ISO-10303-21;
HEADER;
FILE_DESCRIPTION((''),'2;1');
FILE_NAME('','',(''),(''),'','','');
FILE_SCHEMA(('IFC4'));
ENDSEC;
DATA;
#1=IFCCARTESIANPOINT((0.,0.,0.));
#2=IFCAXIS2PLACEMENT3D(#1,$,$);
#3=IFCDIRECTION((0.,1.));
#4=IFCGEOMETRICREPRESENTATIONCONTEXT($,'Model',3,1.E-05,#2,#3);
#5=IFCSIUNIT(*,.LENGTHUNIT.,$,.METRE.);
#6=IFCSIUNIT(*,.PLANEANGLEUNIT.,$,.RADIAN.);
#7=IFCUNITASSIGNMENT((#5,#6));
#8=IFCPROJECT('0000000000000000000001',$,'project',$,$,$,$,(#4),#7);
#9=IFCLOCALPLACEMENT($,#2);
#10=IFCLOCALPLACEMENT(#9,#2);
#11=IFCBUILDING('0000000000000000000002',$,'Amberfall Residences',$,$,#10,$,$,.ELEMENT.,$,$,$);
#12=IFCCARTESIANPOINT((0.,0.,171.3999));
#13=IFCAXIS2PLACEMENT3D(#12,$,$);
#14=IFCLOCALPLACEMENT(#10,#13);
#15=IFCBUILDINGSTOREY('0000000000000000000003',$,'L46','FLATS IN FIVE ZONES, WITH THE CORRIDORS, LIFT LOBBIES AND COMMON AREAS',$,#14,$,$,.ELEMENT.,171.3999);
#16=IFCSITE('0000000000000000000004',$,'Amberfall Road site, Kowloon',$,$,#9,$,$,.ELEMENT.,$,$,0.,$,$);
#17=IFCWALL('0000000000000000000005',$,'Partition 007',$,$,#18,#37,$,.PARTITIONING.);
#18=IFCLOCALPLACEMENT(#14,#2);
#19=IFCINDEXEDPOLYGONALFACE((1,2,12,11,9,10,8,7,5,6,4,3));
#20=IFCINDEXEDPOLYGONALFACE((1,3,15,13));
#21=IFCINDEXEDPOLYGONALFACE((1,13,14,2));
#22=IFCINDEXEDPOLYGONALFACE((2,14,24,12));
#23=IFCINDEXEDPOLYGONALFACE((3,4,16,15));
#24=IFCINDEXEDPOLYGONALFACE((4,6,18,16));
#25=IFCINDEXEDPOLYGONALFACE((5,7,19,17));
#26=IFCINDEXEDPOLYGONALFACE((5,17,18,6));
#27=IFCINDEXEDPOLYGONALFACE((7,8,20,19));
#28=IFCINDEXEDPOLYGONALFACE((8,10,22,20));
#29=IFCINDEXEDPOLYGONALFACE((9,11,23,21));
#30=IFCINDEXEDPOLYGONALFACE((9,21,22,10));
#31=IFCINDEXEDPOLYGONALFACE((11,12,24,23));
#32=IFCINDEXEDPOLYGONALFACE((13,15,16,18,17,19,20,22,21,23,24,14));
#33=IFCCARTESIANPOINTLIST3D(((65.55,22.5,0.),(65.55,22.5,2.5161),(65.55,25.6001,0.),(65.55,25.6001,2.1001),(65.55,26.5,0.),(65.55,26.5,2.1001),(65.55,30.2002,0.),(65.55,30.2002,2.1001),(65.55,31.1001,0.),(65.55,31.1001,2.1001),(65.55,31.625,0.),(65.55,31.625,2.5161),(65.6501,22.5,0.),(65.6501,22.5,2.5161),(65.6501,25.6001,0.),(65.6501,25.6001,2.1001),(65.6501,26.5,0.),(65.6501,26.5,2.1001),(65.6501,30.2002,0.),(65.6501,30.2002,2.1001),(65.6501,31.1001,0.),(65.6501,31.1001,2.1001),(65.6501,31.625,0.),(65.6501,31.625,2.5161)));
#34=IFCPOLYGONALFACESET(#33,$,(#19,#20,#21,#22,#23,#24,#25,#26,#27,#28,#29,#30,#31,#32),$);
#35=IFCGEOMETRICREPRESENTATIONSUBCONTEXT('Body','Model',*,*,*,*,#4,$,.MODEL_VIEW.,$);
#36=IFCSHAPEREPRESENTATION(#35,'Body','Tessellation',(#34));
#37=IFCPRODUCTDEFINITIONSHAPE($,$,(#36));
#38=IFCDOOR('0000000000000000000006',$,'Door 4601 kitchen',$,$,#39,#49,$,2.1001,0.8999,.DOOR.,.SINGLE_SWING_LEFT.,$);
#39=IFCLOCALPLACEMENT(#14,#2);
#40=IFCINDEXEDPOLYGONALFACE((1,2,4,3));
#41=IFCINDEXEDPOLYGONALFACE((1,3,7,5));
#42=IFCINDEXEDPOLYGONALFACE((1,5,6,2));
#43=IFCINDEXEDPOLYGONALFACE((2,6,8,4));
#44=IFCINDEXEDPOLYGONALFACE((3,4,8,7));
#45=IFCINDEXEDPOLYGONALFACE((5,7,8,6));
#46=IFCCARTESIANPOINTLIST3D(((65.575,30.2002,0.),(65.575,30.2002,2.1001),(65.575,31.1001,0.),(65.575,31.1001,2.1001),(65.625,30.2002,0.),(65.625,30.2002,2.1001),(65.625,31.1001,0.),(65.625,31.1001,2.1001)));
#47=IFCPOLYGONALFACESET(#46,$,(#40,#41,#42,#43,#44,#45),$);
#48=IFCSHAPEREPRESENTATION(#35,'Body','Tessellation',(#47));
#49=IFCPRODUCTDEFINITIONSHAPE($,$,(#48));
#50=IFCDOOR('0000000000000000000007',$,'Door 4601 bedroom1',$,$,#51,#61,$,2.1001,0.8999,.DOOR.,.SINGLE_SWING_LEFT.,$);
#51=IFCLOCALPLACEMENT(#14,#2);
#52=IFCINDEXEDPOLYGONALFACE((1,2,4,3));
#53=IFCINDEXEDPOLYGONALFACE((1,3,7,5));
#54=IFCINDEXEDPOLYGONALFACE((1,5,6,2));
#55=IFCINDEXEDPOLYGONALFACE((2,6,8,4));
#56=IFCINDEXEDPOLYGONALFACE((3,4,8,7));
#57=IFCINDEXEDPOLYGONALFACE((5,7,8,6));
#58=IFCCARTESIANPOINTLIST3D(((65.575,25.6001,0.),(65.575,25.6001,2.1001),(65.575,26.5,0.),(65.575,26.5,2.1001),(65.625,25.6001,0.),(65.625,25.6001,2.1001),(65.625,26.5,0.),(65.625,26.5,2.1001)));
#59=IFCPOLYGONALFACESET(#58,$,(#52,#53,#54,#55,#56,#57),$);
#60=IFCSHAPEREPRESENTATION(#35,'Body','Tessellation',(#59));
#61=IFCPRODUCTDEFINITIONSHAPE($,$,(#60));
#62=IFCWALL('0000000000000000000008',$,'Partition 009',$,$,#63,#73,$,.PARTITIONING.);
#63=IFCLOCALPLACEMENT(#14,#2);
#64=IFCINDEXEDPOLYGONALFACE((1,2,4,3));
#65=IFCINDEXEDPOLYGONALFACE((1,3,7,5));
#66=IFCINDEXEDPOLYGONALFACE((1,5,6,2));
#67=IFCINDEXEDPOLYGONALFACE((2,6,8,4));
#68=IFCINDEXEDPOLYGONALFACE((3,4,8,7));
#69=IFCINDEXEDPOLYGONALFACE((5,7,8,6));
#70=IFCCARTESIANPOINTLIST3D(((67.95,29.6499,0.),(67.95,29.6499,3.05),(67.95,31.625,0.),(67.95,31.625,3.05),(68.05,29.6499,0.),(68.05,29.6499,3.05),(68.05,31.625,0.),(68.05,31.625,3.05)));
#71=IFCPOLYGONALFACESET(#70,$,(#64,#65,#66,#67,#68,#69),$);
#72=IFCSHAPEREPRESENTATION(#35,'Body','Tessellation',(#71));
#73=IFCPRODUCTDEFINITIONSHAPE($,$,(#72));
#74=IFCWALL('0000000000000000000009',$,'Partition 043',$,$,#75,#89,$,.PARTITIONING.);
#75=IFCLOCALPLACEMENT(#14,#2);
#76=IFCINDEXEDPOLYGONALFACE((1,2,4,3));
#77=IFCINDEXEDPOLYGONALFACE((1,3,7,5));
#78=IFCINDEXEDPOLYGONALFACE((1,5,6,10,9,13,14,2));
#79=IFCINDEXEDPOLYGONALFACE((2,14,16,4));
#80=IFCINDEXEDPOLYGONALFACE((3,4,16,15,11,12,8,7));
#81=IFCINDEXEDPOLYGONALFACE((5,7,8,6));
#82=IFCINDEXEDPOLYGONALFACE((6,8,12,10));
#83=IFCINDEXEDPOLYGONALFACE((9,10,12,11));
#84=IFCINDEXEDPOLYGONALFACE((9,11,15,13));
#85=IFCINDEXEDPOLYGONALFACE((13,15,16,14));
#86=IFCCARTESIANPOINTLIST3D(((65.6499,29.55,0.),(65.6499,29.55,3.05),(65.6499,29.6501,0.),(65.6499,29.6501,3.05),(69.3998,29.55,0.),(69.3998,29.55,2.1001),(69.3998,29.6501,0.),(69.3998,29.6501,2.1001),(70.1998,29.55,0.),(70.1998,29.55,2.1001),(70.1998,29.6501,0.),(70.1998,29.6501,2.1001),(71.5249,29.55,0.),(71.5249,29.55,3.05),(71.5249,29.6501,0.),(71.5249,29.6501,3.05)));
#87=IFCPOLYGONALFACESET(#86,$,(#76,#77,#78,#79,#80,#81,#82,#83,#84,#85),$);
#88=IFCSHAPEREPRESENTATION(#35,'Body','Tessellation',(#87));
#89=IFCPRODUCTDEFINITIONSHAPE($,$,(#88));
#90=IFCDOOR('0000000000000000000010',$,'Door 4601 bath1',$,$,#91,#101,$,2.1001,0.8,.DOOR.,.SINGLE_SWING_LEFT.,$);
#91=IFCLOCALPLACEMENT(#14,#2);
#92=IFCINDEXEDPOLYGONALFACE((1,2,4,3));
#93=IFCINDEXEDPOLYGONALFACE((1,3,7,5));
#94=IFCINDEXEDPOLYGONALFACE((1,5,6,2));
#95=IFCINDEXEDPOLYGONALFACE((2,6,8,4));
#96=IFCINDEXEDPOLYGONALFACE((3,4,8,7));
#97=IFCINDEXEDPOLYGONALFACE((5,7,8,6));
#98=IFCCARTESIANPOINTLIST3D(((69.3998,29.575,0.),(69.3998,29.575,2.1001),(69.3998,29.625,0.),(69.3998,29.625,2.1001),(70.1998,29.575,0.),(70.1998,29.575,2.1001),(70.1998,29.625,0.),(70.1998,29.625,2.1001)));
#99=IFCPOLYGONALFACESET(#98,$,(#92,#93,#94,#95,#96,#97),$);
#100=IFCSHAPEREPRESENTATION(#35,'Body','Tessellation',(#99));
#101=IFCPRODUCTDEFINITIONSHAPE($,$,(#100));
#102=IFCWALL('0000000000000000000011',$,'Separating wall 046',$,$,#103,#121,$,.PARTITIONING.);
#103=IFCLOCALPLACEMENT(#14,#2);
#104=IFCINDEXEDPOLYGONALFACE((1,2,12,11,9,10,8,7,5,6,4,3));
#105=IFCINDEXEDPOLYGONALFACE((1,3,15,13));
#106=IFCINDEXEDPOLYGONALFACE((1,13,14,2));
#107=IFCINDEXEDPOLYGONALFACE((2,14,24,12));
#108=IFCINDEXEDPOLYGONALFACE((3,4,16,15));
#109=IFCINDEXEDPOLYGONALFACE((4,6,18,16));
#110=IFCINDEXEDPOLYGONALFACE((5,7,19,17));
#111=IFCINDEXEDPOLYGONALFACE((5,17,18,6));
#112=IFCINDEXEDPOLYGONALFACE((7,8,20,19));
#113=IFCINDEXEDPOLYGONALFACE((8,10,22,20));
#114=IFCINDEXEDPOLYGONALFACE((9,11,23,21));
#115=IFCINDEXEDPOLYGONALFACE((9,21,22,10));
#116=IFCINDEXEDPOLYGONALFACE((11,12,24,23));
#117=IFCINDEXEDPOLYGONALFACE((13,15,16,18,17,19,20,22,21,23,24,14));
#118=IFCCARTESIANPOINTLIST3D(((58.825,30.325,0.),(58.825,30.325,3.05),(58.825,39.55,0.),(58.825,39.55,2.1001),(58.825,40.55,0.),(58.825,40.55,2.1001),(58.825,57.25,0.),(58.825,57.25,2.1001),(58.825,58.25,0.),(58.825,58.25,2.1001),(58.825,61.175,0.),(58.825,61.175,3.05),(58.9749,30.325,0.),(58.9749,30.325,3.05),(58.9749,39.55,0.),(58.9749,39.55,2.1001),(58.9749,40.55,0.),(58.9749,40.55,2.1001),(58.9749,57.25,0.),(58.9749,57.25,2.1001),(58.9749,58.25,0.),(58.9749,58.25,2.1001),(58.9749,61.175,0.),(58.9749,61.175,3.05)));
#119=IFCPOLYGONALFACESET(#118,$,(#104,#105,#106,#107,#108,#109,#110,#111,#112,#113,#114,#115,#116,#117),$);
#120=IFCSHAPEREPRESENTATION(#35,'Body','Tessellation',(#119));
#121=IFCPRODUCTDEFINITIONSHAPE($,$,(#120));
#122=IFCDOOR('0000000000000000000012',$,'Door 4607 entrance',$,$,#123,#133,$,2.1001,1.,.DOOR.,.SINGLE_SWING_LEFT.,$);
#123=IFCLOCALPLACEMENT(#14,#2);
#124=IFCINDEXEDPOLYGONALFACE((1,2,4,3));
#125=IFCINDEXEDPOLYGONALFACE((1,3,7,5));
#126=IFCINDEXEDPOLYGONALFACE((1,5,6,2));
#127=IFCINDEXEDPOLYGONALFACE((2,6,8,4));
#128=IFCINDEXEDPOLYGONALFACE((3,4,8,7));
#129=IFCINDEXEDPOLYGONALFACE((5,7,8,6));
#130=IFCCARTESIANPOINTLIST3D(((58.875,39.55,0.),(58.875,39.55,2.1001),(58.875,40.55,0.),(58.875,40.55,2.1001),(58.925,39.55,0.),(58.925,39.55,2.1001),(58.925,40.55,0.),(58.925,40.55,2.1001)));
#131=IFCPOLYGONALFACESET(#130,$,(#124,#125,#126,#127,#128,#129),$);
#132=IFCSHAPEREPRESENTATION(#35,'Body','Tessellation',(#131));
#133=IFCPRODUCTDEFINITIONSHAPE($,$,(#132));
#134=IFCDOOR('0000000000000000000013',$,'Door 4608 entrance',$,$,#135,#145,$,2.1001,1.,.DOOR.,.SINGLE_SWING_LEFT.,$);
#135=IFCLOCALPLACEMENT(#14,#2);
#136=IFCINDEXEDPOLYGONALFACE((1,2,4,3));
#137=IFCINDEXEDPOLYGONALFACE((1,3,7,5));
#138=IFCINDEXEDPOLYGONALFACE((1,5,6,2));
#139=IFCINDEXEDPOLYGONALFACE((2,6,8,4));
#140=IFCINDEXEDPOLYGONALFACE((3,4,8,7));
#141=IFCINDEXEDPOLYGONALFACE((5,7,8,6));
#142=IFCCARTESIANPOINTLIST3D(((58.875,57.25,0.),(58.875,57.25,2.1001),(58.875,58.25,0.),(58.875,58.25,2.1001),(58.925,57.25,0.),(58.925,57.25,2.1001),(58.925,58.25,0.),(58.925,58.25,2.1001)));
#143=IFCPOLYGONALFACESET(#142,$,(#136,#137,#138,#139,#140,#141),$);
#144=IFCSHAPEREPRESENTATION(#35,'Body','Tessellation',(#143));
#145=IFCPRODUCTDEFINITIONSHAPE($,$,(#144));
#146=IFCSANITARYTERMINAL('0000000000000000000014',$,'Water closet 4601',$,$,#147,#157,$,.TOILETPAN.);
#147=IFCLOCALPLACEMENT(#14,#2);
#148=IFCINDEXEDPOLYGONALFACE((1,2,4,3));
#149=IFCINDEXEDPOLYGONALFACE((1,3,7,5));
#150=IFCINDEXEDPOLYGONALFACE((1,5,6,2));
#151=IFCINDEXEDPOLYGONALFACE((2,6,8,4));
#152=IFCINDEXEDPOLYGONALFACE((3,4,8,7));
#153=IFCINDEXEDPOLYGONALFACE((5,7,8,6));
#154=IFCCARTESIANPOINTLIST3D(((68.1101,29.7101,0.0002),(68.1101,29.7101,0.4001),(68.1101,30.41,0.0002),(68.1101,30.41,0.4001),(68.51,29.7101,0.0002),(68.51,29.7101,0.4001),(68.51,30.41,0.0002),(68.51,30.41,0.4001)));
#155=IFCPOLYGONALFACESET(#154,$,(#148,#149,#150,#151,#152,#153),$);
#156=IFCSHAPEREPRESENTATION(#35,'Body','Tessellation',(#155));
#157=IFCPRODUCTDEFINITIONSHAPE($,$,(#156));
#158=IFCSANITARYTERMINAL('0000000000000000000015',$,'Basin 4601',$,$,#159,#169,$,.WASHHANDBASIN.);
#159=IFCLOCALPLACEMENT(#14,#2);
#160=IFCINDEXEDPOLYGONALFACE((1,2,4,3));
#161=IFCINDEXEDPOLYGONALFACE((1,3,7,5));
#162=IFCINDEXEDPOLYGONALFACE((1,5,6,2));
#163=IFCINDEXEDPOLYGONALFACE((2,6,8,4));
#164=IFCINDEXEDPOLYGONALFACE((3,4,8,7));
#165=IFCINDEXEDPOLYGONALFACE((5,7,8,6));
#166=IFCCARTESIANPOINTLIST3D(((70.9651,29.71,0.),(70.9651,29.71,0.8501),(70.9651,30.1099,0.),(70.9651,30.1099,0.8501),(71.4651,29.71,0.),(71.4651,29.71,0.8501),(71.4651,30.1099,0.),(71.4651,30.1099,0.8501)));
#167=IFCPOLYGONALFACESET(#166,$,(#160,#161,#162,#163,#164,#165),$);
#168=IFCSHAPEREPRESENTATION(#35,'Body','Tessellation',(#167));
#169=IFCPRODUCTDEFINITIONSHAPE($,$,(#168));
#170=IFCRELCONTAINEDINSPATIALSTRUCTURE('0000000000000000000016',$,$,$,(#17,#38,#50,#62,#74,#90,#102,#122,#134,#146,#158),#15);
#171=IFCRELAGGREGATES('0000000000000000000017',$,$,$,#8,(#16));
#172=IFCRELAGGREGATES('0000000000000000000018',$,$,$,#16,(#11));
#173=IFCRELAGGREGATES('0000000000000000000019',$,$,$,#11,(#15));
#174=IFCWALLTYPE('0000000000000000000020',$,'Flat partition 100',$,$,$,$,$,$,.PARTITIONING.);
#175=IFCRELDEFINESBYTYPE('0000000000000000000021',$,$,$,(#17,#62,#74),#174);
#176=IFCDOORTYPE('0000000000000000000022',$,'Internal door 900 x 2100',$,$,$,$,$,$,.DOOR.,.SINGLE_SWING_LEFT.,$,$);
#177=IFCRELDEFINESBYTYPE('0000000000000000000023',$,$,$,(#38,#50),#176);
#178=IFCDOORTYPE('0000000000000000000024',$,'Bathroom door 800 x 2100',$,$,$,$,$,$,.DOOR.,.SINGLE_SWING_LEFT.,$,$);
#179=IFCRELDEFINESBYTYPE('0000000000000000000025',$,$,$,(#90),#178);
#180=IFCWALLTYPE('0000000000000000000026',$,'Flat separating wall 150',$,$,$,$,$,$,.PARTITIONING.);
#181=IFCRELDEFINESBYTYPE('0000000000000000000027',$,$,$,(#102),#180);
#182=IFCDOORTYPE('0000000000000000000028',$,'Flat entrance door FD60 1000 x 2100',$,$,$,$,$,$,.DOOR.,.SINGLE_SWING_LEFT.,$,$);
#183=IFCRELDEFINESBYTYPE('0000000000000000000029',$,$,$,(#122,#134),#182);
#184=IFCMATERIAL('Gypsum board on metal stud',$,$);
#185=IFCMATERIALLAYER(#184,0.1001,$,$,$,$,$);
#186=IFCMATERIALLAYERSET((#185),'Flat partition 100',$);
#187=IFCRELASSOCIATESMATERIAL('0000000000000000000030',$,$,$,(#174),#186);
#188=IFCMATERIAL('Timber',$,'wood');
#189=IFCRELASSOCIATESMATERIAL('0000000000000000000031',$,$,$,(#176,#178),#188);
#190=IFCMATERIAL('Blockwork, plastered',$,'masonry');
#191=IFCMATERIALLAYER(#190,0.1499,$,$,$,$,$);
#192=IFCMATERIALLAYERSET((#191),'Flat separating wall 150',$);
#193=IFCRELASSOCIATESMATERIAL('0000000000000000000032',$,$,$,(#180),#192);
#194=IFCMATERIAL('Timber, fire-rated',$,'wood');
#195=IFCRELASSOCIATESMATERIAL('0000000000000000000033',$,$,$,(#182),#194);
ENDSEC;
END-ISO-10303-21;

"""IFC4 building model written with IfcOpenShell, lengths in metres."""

from ifc_helpers import new_model, si_unit, direction, frame, frame_2d, origin, origin_2d, place, context, subcontext, project, spatial, rectangle, extrude, material, layer, layer_set, type_object, element, fill, save


model = new_model("IFC4")

# Units and contexts
model_context = context("Model", 3, precision=1e-05, world=origin(), true_north=direction((0.0, 1.0)))
body_context = subcontext(model_context, "Body", "Model", "MODEL_VIEW")
ifc_project = project(units=[si_unit("LENGTHUNIT", "METRE"), si_unit("PLANEANGLEUNIT", "RADIAN")], contexts=[model_context])

# Site, building, storey
site_placement = place(None, origin())
site = spatial("IfcSite", under=ifc_project, at=site_placement, Name="Amberfall Road site, Kowloon", CompositionType="ELEMENT", RefElevation=0.0)
building_placement = place(site_placement, origin())
building = spatial("IfcBuilding", under=site, at=building_placement, Name="Amberfall Residences", CompositionType="ELEMENT")
storey_placement = place(building_placement, frame((0.0, 0.0, 171.3999)))
storey = spatial("IfcBuildingStorey", under=building, at=storey_placement, Name="L46", Description="FLATS IN FIVE ZONES, WITH THE CORRIDORS, LIFT LOBBIES AND COMMON AREAS", CompositionType="ELEMENT", Elevation=171.3999)

# Wall, openings, doors
ifc_material_1 = material(Name="Gypsum board on metal stud")
ifc_layer_1 = layer(ifc_material_1, 0.1001)
ifc_layer_set_1 = layer_set([ifc_layer_1], Name="Flat partition 100")
wall_type_1 = type_object("IfcWallType", Name="Flat partition 100", PredefinedType="PARTITIONING", material=ifc_layer_set_1)
wall_1_placement = place(storey_placement, frame((65.6001, 31.625, 0.0), z_axis=(0.0, 0.0, 1.0), x_axis=(0.0, -1.0, 0.0)))
wall_1 = element("IfcWall", 1, at=wall_1_placement, inside=storey, type_object=wall_type_1, Name="Partition 007", PredefinedType="PARTITIONING", context=body_context, shape_type="SweptSolid", body=[
    extrude(rectangle(XDim=9.125, YDim=0.1001, at=frame_2d((4.5625, 0.0))), origin(), (0.0, 0.0, 1.0), 2.5161),
])
opening_1_placement = place(wall_1_placement, frame((0.5249, 0.0, 0.0)))
opening_1 = element("IfcOpeningElement", 2, at=opening_1_placement, cuts=wall_1, PredefinedType="OPENING", context=body_context, shape_type="SweptSolid", body=[
    extrude(rectangle(XDim=0.8999, YDim=2.1001, at=frame_2d((0.45, 1.05))), frame((0.0, 0.0601, 0.0), z_axis=(0.0, -1.0, 0.0), x_axis=(1.0, 0.0, 0.0)), (0.0, 0.0, 1.0), 0.1201),
])
opening_2_placement = place(wall_1_placement, frame((5.125, 0.0, 0.0)))
opening_2 = element("IfcOpeningElement", 3, at=opening_2_placement, cuts=wall_1, PredefinedType="OPENING", context=body_context, shape_type="SweptSolid", body=[
    extrude(rectangle(XDim=0.8999, YDim=2.1001, at=frame_2d((0.45, 1.05))), frame((0.0, 0.0601, 0.0), z_axis=(0.0, -1.0, 0.0), x_axis=(1.0, 0.0, 0.0)), (0.0, 0.0, 1.0), 0.1201),
])
ifc_material_2 = material(Name="Timber", Category="wood")
door_type_1 = type_object("IfcDoorType", Name="Internal door 900 x 2100", OperationType="SINGLE_SWING_LEFT", PredefinedType="DOOR", material=ifc_material_2)
door_1_placement = place(opening_1_placement, origin())
door_1 = element("IfcDoor", 4, at=door_1_placement, inside=storey, type_object=door_type_1, Name="Door 4601 kitchen", OperationType="SINGLE_SWING_LEFT", OverallHeight=2.1001, OverallWidth=0.8999, PredefinedType="DOOR", context=body_context, shape_type="SweptSolid", body=[
    extrude(rectangle(XDim=0.8999, YDim=2.1001, at=frame_2d((0.45, 1.05))), frame((0.0, 0.0249, 0.0), z_axis=(0.0, -1.0, 0.0), x_axis=(1.0, 0.0, 0.0)), (0.0, 0.0, 1.0), 0.05),
])
fill(opening_1, door_1)
door_2_placement = place(opening_2_placement, origin())
door_2 = element("IfcDoor", 5, at=door_2_placement, inside=storey, type_object=door_type_1, Name="Door 4601 bedroom1", OperationType="SINGLE_SWING_LEFT", OverallHeight=2.1001, OverallWidth=0.8999, PredefinedType="DOOR", context=body_context, shape_type="SweptSolid", body=[
    extrude(rectangle(XDim=0.8999, YDim=2.1001, at=frame_2d((0.45, 1.05))), frame((0.0, 0.0249, 0.0), z_axis=(0.0, -1.0, 0.0), x_axis=(1.0, 0.0, 0.0)), (0.0, 0.0, 1.0), 0.05),
])
fill(opening_2, door_2)

# Wall
wall_2_placement = place(storey_placement, frame((68.0, 29.6499, 0.0), z_axis=(0.0, 0.0, 1.0), x_axis=(0.0, 1.0, 0.0)))
element("IfcWall", 6, at=wall_2_placement, inside=storey, type_object=wall_type_1, Name="Partition 009", PredefinedType="PARTITIONING", context=body_context, shape_type="SweptSolid", body=[
    extrude(rectangle(XDim=1.9751, YDim=0.1001, at=frame_2d((0.9875, 0.0))), origin(), (0.0, 0.0, 1.0), 3.05),
])

# Wall, opening, door
wall_3_placement = place(storey_placement, frame((65.6499, 29.6001, 0.0), z_axis=(0.0, 0.0, 1.0), x_axis=(1.0, 0.0, 0.0)))
wall_3 = element("IfcWall", 7, at=wall_3_placement, inside=storey, type_object=wall_type_1, Name="Partition 043", PredefinedType="PARTITIONING", context=body_context, shape_type="SweptSolid", body=[
    extrude(rectangle(XDim=5.875, YDim=0.1001, at=frame_2d((2.9375, 0.0))), origin(), (0.0, 0.0, 1.0), 3.05),
])
opening_3_placement = place(wall_3_placement, frame((3.75, 0.0, 0.0)))
opening_3 = element("IfcOpeningElement", 8, at=opening_3_placement, cuts=wall_3, PredefinedType="OPENING", context=body_context, shape_type="SweptSolid", body=[
    extrude(rectangle(XDim=0.8, YDim=2.1001, at=frame_2d((0.3999, 1.05))), frame((0.0, 0.0601, 0.0), z_axis=(0.0, -1.0, 0.0), x_axis=(1.0, 0.0, 0.0)), (0.0, 0.0, 1.0), 0.1201),
])
door_type_2 = type_object("IfcDoorType", Name="Bathroom door 800 x 2100", OperationType="SINGLE_SWING_LEFT", PredefinedType="DOOR", material=ifc_material_2)
door_3_placement = place(opening_3_placement, origin())
door_3 = element("IfcDoor", 9, at=door_3_placement, inside=storey, type_object=door_type_2, Name="Door 4601 bath1", OperationType="SINGLE_SWING_LEFT", OverallHeight=2.1001, OverallWidth=0.8, PredefinedType="DOOR", context=body_context, shape_type="SweptSolid", body=[
    extrude(rectangle(XDim=0.8, YDim=2.1001, at=frame_2d((0.3999, 1.05))), frame((0.0, 0.0249, 0.0), z_axis=(0.0, -1.0, 0.0), x_axis=(1.0, 0.0, 0.0)), (0.0, 0.0, 1.0), 0.05),
])
fill(opening_3, door_3)

# Wall, openings, doors
ifc_material_3 = material(Name="Blockwork, plastered", Category="masonry")
ifc_layer_2 = layer(ifc_material_3, 0.1499)
ifc_layer_set_2 = layer_set([ifc_layer_2], Name="Flat separating wall 150")
wall_type_2 = type_object("IfcWallType", Name="Flat separating wall 150", PredefinedType="PARTITIONING", material=ifc_layer_set_2)
wall_4_placement = place(storey_placement, frame((58.8999, 30.325, 0.0), z_axis=(0.0, 0.0, 1.0), x_axis=(0.0, 1.0, 0.0)))
wall_4 = element("IfcWall", 10, at=wall_4_placement, inside=storey, type_object=wall_type_2, Name="Separating wall 046", PredefinedType="PARTITIONING", context=body_context, shape_type="SweptSolid", body=[
    extrude(rectangle(XDim=30.8501, YDim=0.1499, at=frame_2d((15.425, 0.0))), origin(), (0.0, 0.0, 1.0), 3.05),
])
opening_4_placement = place(wall_4_placement, frame((9.2251, 0.0, 0.0)))
opening_4 = element("IfcOpeningElement", 11, at=opening_4_placement, cuts=wall_4, PredefinedType="OPENING", context=body_context, shape_type="SweptSolid", body=[
    extrude(rectangle(XDim=1.0, YDim=2.1001, at=frame_2d((0.5, 1.05))), frame((0.0, 0.085, 0.0), z_axis=(0.0, -1.0, 0.0), x_axis=(1.0, 0.0, 0.0)), (0.0, 0.0, 1.0), 0.1699),
])
opening_5_placement = place(wall_4_placement, frame((26.925, 0.0, 0.0)))
opening_5 = element("IfcOpeningElement", 12, at=opening_5_placement, cuts=wall_4, PredefinedType="OPENING", context=body_context, shape_type="SweptSolid", body=[
    extrude(rectangle(XDim=1.0, YDim=2.1001, at=frame_2d((0.5, 1.05))), frame((0.0, 0.085, 0.0), z_axis=(0.0, -1.0, 0.0), x_axis=(1.0, 0.0, 0.0)), (0.0, 0.0, 1.0), 0.1699),
])
ifc_material_4 = material(Name="Timber, fire-rated", Category="wood")
door_type_3 = type_object("IfcDoorType", Name="Flat entrance door FD60 1000 x 2100", OperationType="SINGLE_SWING_LEFT", PredefinedType="DOOR", material=ifc_material_4)
door_4_placement = place(opening_4_placement, origin())
door_4 = element("IfcDoor", 13, at=door_4_placement, inside=storey, type_object=door_type_3, Name="Door 4607 entrance", OperationType="SINGLE_SWING_LEFT", OverallHeight=2.1001, OverallWidth=1.0, PredefinedType="DOOR", context=body_context, shape_type="SweptSolid", body=[
    extrude(rectangle(XDim=1.0, YDim=2.1001, at=frame_2d((0.5, 1.05))), frame((0.0, 0.0249, 0.0), z_axis=(0.0, -1.0, 0.0), x_axis=(1.0, 0.0, 0.0)), (0.0, 0.0, 1.0), 0.05),
])
fill(opening_4, door_4)
door_5_placement = place(opening_5_placement, origin())
door_5 = element("IfcDoor", 14, at=door_5_placement, inside=storey, type_object=door_type_3, Name="Door 4608 entrance", OperationType="SINGLE_SWING_LEFT", OverallHeight=2.1001, OverallWidth=1.0, PredefinedType="DOOR", context=body_context, shape_type="SweptSolid", body=[
    extrude(rectangle(XDim=1.0, YDim=2.1001, at=frame_2d((0.5, 1.05))), frame((0.0, 0.0249, 0.0), z_axis=(0.0, -1.0, 0.0), x_axis=(1.0, 0.0, 0.0)), (0.0, 0.0, 1.0), 0.05),
])
fill(opening_5, door_5)

# Sanitary terminals
sanitary_terminal_1_placement = place(storey_placement, frame((68.3101, 30.0601, 0.0002), z_axis=(0.0, 0.0, 1.0), x_axis=(1.0, 0.0, 0.0)))
element("IfcSanitaryTerminal", 15, at=sanitary_terminal_1_placement, inside=storey, Name="Water closet 4601", PredefinedType="TOILETPAN", context=body_context, shape_type="SweptSolid", body=[
    extrude(rectangle(XDim=0.3999, YDim=0.7, at=origin_2d()), origin(), (0.0, 0.0, 1.0), 0.3999),
])
sanitary_terminal_2_placement = place(storey_placement, frame((71.2151, 29.9099, 0.0), z_axis=(0.0, 0.0, 1.0), x_axis=(1.0, 0.0, 0.0)))
element("IfcSanitaryTerminal", 16, at=sanitary_terminal_2_placement, inside=storey, Name="Basin 4601", PredefinedType="WASHHANDBASIN", context=body_context, shape_type="SweptSolid", body=[
    extrude(rectangle(XDim=0.5, YDim=0.3999, at=origin_2d()), origin(), (0.0, 0.0, 1.0), 0.8501),
])

save(model, "model.ifc")
